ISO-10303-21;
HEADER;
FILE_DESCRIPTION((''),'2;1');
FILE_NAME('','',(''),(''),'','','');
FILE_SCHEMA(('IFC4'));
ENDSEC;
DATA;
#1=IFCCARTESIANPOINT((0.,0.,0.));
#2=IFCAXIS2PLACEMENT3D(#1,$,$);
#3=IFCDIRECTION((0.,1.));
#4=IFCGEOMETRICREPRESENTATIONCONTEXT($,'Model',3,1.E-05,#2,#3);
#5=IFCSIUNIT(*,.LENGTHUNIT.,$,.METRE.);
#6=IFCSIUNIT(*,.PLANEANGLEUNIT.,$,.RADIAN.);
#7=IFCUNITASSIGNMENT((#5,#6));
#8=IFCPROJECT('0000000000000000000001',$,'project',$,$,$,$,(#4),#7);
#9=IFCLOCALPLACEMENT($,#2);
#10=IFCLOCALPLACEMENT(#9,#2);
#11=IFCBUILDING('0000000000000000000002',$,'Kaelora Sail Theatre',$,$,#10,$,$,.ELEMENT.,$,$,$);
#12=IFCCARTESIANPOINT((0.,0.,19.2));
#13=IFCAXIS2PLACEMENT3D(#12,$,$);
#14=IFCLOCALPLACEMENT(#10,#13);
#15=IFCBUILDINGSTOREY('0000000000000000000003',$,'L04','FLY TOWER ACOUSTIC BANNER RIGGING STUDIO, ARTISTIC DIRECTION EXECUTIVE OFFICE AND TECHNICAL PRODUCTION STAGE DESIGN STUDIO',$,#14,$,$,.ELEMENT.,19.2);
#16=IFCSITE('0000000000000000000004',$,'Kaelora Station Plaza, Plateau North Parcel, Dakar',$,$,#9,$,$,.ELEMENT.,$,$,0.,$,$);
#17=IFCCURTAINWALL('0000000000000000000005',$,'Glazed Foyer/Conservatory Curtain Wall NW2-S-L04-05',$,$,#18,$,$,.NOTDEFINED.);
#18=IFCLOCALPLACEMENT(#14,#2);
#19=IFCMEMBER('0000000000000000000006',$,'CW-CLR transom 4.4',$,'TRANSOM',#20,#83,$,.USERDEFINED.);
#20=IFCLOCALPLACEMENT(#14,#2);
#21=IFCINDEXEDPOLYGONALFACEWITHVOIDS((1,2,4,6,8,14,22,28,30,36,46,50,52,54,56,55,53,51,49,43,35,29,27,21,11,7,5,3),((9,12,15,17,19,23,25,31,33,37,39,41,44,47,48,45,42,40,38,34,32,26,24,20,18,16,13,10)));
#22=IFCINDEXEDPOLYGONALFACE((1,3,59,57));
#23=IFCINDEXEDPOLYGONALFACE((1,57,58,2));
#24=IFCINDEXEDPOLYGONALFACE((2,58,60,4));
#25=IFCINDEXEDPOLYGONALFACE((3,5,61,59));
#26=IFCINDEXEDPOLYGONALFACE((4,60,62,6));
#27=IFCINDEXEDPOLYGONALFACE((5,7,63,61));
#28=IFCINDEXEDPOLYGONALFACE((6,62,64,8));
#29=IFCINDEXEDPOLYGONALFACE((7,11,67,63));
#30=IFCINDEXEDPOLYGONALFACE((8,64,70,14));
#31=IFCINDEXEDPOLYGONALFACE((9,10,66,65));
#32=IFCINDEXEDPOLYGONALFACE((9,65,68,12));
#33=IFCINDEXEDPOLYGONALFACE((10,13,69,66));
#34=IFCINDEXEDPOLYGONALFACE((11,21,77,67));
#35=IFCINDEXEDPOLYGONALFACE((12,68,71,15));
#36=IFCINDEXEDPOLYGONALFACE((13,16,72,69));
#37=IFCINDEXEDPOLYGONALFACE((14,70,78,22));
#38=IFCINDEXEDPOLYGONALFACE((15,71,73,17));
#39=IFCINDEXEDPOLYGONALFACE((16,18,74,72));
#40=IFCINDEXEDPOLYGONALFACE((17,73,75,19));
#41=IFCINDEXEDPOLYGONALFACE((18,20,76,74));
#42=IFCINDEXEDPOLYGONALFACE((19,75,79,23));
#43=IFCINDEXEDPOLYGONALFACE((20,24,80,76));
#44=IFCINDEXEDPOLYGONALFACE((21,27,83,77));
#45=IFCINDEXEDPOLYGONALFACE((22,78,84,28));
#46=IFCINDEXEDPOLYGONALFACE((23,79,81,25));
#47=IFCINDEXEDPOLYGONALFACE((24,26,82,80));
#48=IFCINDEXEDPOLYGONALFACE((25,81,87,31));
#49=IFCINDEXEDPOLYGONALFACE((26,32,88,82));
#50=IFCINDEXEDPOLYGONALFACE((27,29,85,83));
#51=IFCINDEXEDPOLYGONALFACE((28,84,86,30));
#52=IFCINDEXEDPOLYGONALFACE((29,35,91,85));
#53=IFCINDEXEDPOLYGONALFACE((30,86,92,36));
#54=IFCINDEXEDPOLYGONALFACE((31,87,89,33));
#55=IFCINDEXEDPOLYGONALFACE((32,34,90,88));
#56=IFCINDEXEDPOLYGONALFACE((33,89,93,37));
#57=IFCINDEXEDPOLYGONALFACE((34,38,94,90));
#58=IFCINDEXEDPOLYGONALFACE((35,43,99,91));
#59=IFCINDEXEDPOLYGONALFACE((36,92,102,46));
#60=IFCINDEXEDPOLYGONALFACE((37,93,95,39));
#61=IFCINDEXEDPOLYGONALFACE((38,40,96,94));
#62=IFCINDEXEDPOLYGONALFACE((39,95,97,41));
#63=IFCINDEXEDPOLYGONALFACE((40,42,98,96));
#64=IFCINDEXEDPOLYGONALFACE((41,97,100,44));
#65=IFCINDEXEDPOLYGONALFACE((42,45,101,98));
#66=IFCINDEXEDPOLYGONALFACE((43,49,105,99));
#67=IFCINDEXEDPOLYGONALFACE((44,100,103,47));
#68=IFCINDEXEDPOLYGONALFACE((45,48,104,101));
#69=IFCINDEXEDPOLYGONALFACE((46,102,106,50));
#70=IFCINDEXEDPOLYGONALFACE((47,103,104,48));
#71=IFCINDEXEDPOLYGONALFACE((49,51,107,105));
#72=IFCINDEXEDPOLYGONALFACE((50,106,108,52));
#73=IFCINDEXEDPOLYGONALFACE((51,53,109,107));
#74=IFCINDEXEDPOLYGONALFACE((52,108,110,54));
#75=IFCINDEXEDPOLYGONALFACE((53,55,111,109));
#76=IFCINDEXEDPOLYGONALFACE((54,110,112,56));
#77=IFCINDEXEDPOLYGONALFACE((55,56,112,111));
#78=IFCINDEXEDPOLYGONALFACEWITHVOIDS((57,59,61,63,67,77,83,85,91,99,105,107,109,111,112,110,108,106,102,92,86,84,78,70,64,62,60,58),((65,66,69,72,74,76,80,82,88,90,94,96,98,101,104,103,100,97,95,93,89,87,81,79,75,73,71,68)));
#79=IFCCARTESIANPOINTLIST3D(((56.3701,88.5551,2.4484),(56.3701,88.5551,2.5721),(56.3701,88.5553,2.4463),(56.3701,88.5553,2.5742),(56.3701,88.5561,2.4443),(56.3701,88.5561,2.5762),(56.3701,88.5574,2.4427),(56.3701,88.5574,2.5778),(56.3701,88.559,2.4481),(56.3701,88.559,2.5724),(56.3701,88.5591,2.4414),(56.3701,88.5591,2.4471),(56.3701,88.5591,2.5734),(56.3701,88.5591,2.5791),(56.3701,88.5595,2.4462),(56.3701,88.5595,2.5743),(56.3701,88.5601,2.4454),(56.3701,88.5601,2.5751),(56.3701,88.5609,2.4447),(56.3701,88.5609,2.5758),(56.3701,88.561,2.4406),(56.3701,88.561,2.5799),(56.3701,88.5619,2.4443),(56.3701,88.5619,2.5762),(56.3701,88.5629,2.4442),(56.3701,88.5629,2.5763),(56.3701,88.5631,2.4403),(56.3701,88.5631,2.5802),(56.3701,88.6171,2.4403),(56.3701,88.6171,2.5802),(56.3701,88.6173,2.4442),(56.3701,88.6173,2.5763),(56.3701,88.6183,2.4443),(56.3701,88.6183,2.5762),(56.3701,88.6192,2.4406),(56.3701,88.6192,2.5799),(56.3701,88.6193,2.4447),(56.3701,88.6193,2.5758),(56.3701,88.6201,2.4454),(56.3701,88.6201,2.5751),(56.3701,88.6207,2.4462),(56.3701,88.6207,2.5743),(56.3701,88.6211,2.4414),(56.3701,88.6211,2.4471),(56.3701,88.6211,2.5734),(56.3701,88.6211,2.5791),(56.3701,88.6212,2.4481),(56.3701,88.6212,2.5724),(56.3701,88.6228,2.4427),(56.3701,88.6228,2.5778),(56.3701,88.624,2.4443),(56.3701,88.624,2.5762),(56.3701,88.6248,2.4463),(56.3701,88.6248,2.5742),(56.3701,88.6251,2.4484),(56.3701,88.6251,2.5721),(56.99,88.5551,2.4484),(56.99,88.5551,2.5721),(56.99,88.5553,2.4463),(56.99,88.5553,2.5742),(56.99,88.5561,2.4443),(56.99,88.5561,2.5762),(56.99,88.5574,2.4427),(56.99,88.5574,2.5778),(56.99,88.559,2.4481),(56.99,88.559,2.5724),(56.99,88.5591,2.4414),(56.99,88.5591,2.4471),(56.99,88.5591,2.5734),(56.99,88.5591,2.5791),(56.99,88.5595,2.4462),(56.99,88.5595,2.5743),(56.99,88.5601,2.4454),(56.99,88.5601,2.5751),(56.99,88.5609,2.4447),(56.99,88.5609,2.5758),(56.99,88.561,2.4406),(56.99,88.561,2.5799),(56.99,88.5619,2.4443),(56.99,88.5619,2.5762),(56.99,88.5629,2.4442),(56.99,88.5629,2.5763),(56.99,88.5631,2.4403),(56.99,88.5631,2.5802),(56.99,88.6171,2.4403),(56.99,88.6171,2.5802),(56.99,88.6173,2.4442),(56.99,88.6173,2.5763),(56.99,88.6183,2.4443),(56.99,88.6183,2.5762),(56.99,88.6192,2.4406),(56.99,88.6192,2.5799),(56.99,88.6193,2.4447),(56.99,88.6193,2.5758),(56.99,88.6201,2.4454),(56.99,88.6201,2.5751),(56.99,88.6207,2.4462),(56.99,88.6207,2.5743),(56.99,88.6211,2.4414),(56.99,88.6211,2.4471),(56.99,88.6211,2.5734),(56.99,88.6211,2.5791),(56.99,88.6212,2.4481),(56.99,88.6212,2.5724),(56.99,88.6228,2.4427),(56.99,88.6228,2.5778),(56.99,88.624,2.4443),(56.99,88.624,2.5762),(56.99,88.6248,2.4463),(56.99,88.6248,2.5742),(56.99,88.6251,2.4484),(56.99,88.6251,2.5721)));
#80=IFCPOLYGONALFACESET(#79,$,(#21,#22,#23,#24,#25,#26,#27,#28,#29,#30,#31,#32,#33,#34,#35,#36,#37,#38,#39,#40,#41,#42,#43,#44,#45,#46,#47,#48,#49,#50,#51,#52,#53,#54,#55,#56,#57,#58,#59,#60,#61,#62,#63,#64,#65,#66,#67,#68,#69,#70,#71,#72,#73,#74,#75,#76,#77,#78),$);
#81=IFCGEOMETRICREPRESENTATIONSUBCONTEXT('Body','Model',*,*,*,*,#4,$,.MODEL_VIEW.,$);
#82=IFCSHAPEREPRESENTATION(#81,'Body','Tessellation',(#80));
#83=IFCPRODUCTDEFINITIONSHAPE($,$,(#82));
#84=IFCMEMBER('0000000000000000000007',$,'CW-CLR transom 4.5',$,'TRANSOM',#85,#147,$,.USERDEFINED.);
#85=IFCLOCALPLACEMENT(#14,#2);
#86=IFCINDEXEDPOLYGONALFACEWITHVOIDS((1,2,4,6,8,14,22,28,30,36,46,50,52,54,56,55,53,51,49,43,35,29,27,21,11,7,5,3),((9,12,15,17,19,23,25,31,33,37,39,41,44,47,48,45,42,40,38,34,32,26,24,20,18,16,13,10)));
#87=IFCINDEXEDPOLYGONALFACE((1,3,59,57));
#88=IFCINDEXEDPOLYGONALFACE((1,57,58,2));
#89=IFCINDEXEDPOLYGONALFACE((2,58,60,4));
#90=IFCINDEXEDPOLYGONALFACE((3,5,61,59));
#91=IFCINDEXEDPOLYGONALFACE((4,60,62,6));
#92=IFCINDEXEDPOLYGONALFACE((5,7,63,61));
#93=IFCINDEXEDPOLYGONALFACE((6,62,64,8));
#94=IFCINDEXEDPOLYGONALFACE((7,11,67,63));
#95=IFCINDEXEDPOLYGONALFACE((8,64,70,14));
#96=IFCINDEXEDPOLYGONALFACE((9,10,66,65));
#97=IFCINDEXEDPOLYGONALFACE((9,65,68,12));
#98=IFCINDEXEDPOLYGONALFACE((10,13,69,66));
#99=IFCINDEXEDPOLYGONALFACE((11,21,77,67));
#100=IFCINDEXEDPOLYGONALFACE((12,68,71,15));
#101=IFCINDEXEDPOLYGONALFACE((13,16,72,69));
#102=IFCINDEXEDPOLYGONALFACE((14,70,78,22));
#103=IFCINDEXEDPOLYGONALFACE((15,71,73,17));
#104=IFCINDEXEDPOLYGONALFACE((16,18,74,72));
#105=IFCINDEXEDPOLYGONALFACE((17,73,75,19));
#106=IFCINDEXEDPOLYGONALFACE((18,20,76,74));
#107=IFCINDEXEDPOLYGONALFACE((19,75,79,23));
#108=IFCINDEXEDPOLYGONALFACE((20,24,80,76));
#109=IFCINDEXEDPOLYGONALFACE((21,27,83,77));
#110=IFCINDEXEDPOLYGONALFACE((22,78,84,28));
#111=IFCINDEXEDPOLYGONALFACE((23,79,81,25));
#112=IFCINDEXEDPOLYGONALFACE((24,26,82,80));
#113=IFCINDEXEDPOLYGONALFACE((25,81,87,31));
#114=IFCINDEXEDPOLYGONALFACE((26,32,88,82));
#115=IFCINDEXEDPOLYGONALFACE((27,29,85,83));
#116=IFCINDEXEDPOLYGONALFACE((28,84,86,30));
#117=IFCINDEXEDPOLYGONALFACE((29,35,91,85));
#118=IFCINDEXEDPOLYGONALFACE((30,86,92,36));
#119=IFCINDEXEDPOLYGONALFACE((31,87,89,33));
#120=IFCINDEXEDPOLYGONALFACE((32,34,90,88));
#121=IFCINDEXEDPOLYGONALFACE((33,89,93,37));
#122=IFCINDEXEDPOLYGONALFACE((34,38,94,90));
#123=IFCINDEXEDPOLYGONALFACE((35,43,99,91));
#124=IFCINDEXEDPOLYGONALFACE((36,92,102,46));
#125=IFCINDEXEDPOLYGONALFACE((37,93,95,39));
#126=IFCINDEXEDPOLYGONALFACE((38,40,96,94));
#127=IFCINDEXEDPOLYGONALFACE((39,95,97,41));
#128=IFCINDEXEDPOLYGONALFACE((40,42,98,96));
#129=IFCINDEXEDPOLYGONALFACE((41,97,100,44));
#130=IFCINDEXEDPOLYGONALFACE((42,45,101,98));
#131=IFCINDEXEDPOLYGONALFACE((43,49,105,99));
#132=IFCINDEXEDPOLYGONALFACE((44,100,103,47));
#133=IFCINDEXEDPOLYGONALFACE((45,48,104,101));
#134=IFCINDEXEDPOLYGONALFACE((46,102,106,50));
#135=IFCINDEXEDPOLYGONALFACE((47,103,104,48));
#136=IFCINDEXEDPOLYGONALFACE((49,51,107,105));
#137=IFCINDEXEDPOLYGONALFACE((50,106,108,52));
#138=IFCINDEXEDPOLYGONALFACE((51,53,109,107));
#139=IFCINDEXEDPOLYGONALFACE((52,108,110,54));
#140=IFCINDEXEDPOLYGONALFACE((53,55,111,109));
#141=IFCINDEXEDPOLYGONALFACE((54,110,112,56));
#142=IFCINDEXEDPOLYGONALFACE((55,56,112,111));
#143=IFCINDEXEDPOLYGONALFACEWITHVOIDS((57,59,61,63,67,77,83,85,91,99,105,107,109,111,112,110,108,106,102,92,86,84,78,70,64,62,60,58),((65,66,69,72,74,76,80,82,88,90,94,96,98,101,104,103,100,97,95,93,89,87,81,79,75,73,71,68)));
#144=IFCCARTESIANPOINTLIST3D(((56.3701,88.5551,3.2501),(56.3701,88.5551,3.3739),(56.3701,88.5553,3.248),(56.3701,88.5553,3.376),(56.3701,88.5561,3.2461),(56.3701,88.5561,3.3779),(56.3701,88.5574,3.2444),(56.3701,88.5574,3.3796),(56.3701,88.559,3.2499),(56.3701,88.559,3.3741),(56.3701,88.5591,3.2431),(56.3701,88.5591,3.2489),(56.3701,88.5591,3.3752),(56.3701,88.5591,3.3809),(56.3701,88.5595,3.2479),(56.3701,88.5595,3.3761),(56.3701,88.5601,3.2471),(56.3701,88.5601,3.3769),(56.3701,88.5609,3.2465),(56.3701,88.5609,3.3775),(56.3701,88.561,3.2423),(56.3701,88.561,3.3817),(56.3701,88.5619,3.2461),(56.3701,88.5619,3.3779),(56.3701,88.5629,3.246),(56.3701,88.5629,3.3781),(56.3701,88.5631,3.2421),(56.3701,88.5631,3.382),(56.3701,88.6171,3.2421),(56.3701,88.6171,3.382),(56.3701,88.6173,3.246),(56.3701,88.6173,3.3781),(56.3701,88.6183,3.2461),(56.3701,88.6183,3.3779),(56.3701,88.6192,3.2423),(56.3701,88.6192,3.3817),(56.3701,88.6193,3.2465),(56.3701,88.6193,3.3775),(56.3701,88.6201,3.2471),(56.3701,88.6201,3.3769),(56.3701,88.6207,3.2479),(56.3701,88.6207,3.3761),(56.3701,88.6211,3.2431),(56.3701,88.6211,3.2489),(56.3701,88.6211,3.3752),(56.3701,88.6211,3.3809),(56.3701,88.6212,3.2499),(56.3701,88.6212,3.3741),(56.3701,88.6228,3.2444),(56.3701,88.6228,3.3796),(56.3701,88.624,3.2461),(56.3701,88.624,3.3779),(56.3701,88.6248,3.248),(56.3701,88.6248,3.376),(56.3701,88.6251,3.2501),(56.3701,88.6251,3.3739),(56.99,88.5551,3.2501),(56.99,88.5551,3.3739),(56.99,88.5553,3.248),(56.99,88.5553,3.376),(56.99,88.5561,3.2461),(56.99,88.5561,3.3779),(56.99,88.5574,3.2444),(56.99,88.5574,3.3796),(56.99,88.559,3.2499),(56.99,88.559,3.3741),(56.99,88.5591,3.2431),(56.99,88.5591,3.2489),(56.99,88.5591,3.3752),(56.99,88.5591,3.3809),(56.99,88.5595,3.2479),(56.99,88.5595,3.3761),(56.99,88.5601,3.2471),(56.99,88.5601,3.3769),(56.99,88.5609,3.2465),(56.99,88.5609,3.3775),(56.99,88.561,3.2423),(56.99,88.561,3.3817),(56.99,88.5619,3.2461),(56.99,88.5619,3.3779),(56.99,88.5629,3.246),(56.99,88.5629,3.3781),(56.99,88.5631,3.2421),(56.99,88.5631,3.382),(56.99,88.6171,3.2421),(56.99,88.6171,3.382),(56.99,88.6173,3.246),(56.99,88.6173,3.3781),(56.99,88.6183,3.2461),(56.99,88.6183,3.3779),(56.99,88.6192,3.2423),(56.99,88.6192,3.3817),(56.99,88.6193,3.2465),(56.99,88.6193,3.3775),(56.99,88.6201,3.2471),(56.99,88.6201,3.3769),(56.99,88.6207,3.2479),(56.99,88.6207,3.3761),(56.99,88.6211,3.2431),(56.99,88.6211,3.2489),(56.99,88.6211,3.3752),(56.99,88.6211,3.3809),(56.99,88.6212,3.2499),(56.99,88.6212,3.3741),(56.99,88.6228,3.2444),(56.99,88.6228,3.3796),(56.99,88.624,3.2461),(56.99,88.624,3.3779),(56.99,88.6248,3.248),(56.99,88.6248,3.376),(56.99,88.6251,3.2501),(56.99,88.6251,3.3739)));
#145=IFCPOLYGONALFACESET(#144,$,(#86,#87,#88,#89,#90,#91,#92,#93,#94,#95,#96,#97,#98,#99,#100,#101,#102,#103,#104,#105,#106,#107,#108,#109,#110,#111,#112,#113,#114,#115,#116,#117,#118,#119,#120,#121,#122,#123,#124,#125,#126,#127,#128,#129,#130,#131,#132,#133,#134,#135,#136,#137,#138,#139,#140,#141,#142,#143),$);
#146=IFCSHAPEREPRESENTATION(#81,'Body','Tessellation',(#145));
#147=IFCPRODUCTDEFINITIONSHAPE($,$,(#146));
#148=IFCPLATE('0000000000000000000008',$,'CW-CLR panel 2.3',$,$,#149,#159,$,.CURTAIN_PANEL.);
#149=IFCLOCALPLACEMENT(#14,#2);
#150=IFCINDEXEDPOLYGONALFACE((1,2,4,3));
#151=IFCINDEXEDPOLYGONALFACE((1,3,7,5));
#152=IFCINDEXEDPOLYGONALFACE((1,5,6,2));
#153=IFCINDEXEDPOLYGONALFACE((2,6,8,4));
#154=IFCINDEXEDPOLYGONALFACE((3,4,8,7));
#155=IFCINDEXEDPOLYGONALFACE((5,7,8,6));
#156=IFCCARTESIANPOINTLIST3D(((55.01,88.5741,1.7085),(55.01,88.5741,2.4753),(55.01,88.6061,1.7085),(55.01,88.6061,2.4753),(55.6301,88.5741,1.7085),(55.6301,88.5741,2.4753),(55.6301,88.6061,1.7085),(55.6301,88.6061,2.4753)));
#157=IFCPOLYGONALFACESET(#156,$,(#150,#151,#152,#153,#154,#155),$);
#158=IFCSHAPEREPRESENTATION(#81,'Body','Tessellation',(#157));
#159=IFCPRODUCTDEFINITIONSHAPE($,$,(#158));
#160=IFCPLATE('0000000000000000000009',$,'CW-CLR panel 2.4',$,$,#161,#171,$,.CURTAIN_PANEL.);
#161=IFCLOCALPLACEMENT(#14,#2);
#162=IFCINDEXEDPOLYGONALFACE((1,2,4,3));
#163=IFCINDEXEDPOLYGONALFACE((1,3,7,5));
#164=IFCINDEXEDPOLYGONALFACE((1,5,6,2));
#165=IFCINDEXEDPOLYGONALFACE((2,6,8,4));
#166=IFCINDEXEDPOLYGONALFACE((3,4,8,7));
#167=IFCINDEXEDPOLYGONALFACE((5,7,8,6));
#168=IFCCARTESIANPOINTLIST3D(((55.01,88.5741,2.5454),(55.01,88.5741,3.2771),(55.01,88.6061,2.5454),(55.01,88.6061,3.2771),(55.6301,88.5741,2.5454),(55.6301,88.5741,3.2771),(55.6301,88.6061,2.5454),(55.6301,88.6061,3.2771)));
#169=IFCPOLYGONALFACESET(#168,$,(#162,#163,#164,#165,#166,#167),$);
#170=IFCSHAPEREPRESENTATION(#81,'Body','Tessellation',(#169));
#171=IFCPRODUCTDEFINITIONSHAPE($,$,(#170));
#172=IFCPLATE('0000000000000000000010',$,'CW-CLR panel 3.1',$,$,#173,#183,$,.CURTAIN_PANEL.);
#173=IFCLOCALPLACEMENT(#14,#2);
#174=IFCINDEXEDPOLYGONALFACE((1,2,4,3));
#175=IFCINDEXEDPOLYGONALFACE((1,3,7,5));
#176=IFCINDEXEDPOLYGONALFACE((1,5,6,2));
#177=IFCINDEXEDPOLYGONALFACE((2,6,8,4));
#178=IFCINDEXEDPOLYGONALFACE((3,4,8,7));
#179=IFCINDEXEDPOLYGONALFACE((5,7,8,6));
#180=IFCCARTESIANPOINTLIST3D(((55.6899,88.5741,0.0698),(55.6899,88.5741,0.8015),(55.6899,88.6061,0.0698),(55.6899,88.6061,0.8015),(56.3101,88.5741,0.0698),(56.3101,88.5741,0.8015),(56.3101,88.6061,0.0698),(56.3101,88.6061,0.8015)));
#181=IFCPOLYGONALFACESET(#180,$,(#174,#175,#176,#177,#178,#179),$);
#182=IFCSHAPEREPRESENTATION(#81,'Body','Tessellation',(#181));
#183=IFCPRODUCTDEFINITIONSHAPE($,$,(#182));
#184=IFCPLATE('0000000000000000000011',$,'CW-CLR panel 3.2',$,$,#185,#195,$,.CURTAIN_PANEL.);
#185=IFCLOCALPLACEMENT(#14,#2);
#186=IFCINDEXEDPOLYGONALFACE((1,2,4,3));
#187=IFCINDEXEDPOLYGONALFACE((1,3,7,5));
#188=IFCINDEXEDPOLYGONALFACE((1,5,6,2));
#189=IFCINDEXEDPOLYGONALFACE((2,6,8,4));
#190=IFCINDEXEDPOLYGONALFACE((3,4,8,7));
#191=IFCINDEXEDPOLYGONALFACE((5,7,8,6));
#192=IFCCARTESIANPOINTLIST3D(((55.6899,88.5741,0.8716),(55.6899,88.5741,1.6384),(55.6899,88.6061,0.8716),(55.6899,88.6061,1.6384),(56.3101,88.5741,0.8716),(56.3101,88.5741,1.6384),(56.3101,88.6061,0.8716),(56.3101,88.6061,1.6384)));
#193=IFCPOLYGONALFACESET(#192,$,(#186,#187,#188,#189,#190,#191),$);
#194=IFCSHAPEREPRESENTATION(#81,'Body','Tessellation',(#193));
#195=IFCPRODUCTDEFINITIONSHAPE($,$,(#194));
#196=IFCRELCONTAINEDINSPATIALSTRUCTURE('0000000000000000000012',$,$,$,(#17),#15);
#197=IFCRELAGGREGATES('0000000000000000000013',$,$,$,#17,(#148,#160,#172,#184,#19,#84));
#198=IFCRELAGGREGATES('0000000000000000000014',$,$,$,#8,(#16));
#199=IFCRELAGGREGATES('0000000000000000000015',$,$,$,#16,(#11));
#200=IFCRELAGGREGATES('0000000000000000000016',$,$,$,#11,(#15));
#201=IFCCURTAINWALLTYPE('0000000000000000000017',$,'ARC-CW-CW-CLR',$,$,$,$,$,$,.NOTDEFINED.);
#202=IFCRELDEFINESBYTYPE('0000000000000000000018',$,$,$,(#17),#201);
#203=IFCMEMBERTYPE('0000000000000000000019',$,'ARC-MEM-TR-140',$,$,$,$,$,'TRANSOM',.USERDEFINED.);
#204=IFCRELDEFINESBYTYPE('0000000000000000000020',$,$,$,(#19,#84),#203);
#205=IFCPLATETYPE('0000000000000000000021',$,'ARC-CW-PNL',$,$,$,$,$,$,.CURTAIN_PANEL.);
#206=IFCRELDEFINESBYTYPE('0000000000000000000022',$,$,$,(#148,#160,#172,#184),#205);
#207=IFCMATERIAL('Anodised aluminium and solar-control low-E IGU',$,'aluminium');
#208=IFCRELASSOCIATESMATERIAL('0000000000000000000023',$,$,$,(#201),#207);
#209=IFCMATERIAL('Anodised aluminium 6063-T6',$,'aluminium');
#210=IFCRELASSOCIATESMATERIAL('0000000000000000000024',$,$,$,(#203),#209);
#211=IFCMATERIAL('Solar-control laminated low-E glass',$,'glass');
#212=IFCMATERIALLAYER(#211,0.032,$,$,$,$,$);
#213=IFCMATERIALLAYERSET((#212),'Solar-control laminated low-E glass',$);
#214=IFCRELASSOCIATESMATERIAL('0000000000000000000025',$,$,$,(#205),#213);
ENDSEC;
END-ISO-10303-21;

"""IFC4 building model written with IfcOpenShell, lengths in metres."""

from ifc_helpers import new_model, si_unit, direction, frame, origin, origin_2d, place, context, subcontext, project, spatial, rectangle, hollow_rectangle, extrude, material, layer, layer_set, material_profile, profile_set, type_object, element, aggregate, save


model = new_model("IFC4")

# Units and contexts
model_context = context("Model", 3, precision=1e-05, world=origin(), true_north=direction((0.0, 1.0)))
body_context = subcontext(model_context, "Body", "Model", "MODEL_VIEW")
ifc_project = project(units=[si_unit("LENGTHUNIT", "METRE"), si_unit("PLANEANGLEUNIT", "RADIAN")], contexts=[model_context])

# Site, building, storey
site_placement = place(None, origin())
site = spatial("IfcSite", under=ifc_project, at=site_placement, Name="Kaelora Station Plaza, Plateau North Parcel, Dakar", CompositionType="ELEMENT", RefElevation=0.0)
building_placement = place(site_placement, origin())
building = spatial("IfcBuilding", under=site, at=building_placement, Name="Kaelora Sail Theatre", CompositionType="ELEMENT")
storey_placement = place(building_placement, frame((0.0, 0.0, 19.2)))
storey = spatial("IfcBuildingStorey", under=building, at=storey_placement, Name="L04", Description="FLY TOWER ACOUSTIC BANNER RIGGING STUDIO, ARTISTIC DIRECTION EXECUTIVE OFFICE AND TECHNICAL PRODUCTION STAGE DESIGN STUDIO", CompositionType="ELEMENT", Elevation=19.2)

# Curtain wall, members, plates
ifc_material_1 = material(Name="Anodised aluminium and solar-control low-E IGU", Category="aluminium")
curtain_wall_type = type_object("IfcCurtainWallType", Name="ARC-CW-CW-CLR", PredefinedType="NOTDEFINED", material=ifc_material_1)
curtain_wall_placement = place(storey_placement, origin())
curtain_wall = element("IfcCurtainWall", 1, at=curtain_wall_placement, inside=storey, type_object=curtain_wall_type, Name="Glazed Foyer/Conservatory Curtain Wall NW2-S-L04-05", PredefinedType="NOTDEFINED")
ifc_material_2 = material(Name="Anodised aluminium 6063-T6", Category="aluminium")
ifc_material_profile_1 = material_profile(ifc_material_2, hollow_rectangle(XDim=0.0701, YDim=0.1399, WallThickness=0.0039, InnerFilletRadius=0.0039, OuterFilletRadius=0.0081, at=origin_2d()), Name="ALU-TRAN 70x140x4")
ifc_profile_set_1 = profile_set([ifc_material_profile_1], Name="Anodised aluminium 6063-T6")
member_type_1 = type_object("IfcMemberType", Name="ARC-MEM-TR-140", ElementType="TRANSOM", PredefinedType="USERDEFINED", material=ifc_profile_set_1)
member_1_placement = place(storey_placement, frame((56.3701, 88.5901, 2.5103), z_axis=(1.0, 0.0, 0.0), x_axis=(0.0, 1.0, 0.0)))
member_1 = element("IfcMember", 2, at=member_1_placement, type_object=member_type_1, Name="CW-CLR transom 4.4", ObjectType="TRANSOM", PredefinedType="USERDEFINED", context=body_context, shape_type="SweptSolid", body=[
    extrude(hollow_rectangle(XDim=0.0701, YDim=0.1399, WallThickness=0.0039, InnerFilletRadius=0.0039, OuterFilletRadius=0.0081, at=origin_2d()), origin(), (0.0, 0.0, 1.0), 0.6199),
])
member_2_placement = place(storey_placement, frame((56.3701, 88.5901, 3.312), z_axis=(1.0, 0.0, 0.0), x_axis=(0.0, 1.0, 0.0)))
member_2 = element("IfcMember", 3, at=member_2_placement, type_object=member_type_1, Name="CW-CLR transom 4.5", ObjectType="TRANSOM", PredefinedType="USERDEFINED", context=body_context, shape_type="SweptSolid", body=[
    extrude(hollow_rectangle(XDim=0.0701, YDim=0.1399, WallThickness=0.0039, InnerFilletRadius=0.0039, OuterFilletRadius=0.0081, at=origin_2d()), origin(), (0.0, 0.0, 1.0), 0.6199),
])
ifc_material_3 = material(Name="Solar-control laminated low-E glass", Category="glass")
ifc_layer = layer(ifc_material_3, 0.032)
ifc_layer_set = layer_set([ifc_layer], Name="Solar-control laminated low-E glass")
plate_type = type_object("IfcPlateType", Name="ARC-CW-PNL", PredefinedType="CURTAIN_PANEL", material=ifc_layer_set)
plate_1_placement = place(storey_placement, frame((55.3201, 88.5901, 1.7085), z_axis=(0.0, 0.0, 1.0), x_axis=(1.0, 0.0, 0.0)))
plate_1 = element("IfcPlate", 4, at=plate_1_placement, type_object=plate_type, Name="CW-CLR panel 2.3", PredefinedType="CURTAIN_PANEL", context=body_context, shape_type="SweptSolid", body=[
    extrude(rectangle(XDim=0.6201, YDim=0.032, at=origin_2d()), origin(), (0.0, 0.0, 1.0), 0.7668),
])
plate_2_placement = place(storey_placement, frame((55.3201, 88.5901, 2.5454), z_axis=(0.0, 0.0, 1.0), x_axis=(1.0, 0.0, 0.0)))
plate_2 = element("IfcPlate", 5, at=plate_2_placement, type_object=plate_type, Name="CW-CLR panel 2.4", PredefinedType="CURTAIN_PANEL", context=body_context, shape_type="SweptSolid", body=[
    extrude(rectangle(XDim=0.6201, YDim=0.032, at=origin_2d()), origin(), (0.0, 0.0, 1.0), 0.7317),
])
plate_3_placement = place(storey_placement, frame((56.0, 88.5901, 0.0698), z_axis=(0.0, 0.0, 1.0), x_axis=(1.0, 0.0, 0.0)))
plate_3 = element("IfcPlate", 6, at=plate_3_placement, type_object=plate_type, Name="CW-CLR panel 3.1", PredefinedType="CURTAIN_PANEL", context=body_context, shape_type="SweptSolid", body=[
    extrude(rectangle(XDim=0.6201, YDim=0.032, at=origin_2d()), origin(), (0.0, 0.0, 1.0), 0.7317),
])
plate_4_placement = place(storey_placement, frame((56.0, 88.5901, 0.8716), z_axis=(0.0, 0.0, 1.0), x_axis=(1.0, 0.0, 0.0)))
plate_4 = element("IfcPlate", 7, at=plate_4_placement, type_object=plate_type, Name="CW-CLR panel 3.2", PredefinedType="CURTAIN_PANEL", context=body_context, shape_type="SweptSolid", body=[
    extrude(rectangle(XDim=0.6201, YDim=0.032, at=origin_2d()), origin(), (0.0, 0.0, 1.0), 0.7668),
])
aggregate(curtain_wall, [plate_1, plate_2, plate_3, plate_4, member_1, member_2])

save(model, "model.ifc")
